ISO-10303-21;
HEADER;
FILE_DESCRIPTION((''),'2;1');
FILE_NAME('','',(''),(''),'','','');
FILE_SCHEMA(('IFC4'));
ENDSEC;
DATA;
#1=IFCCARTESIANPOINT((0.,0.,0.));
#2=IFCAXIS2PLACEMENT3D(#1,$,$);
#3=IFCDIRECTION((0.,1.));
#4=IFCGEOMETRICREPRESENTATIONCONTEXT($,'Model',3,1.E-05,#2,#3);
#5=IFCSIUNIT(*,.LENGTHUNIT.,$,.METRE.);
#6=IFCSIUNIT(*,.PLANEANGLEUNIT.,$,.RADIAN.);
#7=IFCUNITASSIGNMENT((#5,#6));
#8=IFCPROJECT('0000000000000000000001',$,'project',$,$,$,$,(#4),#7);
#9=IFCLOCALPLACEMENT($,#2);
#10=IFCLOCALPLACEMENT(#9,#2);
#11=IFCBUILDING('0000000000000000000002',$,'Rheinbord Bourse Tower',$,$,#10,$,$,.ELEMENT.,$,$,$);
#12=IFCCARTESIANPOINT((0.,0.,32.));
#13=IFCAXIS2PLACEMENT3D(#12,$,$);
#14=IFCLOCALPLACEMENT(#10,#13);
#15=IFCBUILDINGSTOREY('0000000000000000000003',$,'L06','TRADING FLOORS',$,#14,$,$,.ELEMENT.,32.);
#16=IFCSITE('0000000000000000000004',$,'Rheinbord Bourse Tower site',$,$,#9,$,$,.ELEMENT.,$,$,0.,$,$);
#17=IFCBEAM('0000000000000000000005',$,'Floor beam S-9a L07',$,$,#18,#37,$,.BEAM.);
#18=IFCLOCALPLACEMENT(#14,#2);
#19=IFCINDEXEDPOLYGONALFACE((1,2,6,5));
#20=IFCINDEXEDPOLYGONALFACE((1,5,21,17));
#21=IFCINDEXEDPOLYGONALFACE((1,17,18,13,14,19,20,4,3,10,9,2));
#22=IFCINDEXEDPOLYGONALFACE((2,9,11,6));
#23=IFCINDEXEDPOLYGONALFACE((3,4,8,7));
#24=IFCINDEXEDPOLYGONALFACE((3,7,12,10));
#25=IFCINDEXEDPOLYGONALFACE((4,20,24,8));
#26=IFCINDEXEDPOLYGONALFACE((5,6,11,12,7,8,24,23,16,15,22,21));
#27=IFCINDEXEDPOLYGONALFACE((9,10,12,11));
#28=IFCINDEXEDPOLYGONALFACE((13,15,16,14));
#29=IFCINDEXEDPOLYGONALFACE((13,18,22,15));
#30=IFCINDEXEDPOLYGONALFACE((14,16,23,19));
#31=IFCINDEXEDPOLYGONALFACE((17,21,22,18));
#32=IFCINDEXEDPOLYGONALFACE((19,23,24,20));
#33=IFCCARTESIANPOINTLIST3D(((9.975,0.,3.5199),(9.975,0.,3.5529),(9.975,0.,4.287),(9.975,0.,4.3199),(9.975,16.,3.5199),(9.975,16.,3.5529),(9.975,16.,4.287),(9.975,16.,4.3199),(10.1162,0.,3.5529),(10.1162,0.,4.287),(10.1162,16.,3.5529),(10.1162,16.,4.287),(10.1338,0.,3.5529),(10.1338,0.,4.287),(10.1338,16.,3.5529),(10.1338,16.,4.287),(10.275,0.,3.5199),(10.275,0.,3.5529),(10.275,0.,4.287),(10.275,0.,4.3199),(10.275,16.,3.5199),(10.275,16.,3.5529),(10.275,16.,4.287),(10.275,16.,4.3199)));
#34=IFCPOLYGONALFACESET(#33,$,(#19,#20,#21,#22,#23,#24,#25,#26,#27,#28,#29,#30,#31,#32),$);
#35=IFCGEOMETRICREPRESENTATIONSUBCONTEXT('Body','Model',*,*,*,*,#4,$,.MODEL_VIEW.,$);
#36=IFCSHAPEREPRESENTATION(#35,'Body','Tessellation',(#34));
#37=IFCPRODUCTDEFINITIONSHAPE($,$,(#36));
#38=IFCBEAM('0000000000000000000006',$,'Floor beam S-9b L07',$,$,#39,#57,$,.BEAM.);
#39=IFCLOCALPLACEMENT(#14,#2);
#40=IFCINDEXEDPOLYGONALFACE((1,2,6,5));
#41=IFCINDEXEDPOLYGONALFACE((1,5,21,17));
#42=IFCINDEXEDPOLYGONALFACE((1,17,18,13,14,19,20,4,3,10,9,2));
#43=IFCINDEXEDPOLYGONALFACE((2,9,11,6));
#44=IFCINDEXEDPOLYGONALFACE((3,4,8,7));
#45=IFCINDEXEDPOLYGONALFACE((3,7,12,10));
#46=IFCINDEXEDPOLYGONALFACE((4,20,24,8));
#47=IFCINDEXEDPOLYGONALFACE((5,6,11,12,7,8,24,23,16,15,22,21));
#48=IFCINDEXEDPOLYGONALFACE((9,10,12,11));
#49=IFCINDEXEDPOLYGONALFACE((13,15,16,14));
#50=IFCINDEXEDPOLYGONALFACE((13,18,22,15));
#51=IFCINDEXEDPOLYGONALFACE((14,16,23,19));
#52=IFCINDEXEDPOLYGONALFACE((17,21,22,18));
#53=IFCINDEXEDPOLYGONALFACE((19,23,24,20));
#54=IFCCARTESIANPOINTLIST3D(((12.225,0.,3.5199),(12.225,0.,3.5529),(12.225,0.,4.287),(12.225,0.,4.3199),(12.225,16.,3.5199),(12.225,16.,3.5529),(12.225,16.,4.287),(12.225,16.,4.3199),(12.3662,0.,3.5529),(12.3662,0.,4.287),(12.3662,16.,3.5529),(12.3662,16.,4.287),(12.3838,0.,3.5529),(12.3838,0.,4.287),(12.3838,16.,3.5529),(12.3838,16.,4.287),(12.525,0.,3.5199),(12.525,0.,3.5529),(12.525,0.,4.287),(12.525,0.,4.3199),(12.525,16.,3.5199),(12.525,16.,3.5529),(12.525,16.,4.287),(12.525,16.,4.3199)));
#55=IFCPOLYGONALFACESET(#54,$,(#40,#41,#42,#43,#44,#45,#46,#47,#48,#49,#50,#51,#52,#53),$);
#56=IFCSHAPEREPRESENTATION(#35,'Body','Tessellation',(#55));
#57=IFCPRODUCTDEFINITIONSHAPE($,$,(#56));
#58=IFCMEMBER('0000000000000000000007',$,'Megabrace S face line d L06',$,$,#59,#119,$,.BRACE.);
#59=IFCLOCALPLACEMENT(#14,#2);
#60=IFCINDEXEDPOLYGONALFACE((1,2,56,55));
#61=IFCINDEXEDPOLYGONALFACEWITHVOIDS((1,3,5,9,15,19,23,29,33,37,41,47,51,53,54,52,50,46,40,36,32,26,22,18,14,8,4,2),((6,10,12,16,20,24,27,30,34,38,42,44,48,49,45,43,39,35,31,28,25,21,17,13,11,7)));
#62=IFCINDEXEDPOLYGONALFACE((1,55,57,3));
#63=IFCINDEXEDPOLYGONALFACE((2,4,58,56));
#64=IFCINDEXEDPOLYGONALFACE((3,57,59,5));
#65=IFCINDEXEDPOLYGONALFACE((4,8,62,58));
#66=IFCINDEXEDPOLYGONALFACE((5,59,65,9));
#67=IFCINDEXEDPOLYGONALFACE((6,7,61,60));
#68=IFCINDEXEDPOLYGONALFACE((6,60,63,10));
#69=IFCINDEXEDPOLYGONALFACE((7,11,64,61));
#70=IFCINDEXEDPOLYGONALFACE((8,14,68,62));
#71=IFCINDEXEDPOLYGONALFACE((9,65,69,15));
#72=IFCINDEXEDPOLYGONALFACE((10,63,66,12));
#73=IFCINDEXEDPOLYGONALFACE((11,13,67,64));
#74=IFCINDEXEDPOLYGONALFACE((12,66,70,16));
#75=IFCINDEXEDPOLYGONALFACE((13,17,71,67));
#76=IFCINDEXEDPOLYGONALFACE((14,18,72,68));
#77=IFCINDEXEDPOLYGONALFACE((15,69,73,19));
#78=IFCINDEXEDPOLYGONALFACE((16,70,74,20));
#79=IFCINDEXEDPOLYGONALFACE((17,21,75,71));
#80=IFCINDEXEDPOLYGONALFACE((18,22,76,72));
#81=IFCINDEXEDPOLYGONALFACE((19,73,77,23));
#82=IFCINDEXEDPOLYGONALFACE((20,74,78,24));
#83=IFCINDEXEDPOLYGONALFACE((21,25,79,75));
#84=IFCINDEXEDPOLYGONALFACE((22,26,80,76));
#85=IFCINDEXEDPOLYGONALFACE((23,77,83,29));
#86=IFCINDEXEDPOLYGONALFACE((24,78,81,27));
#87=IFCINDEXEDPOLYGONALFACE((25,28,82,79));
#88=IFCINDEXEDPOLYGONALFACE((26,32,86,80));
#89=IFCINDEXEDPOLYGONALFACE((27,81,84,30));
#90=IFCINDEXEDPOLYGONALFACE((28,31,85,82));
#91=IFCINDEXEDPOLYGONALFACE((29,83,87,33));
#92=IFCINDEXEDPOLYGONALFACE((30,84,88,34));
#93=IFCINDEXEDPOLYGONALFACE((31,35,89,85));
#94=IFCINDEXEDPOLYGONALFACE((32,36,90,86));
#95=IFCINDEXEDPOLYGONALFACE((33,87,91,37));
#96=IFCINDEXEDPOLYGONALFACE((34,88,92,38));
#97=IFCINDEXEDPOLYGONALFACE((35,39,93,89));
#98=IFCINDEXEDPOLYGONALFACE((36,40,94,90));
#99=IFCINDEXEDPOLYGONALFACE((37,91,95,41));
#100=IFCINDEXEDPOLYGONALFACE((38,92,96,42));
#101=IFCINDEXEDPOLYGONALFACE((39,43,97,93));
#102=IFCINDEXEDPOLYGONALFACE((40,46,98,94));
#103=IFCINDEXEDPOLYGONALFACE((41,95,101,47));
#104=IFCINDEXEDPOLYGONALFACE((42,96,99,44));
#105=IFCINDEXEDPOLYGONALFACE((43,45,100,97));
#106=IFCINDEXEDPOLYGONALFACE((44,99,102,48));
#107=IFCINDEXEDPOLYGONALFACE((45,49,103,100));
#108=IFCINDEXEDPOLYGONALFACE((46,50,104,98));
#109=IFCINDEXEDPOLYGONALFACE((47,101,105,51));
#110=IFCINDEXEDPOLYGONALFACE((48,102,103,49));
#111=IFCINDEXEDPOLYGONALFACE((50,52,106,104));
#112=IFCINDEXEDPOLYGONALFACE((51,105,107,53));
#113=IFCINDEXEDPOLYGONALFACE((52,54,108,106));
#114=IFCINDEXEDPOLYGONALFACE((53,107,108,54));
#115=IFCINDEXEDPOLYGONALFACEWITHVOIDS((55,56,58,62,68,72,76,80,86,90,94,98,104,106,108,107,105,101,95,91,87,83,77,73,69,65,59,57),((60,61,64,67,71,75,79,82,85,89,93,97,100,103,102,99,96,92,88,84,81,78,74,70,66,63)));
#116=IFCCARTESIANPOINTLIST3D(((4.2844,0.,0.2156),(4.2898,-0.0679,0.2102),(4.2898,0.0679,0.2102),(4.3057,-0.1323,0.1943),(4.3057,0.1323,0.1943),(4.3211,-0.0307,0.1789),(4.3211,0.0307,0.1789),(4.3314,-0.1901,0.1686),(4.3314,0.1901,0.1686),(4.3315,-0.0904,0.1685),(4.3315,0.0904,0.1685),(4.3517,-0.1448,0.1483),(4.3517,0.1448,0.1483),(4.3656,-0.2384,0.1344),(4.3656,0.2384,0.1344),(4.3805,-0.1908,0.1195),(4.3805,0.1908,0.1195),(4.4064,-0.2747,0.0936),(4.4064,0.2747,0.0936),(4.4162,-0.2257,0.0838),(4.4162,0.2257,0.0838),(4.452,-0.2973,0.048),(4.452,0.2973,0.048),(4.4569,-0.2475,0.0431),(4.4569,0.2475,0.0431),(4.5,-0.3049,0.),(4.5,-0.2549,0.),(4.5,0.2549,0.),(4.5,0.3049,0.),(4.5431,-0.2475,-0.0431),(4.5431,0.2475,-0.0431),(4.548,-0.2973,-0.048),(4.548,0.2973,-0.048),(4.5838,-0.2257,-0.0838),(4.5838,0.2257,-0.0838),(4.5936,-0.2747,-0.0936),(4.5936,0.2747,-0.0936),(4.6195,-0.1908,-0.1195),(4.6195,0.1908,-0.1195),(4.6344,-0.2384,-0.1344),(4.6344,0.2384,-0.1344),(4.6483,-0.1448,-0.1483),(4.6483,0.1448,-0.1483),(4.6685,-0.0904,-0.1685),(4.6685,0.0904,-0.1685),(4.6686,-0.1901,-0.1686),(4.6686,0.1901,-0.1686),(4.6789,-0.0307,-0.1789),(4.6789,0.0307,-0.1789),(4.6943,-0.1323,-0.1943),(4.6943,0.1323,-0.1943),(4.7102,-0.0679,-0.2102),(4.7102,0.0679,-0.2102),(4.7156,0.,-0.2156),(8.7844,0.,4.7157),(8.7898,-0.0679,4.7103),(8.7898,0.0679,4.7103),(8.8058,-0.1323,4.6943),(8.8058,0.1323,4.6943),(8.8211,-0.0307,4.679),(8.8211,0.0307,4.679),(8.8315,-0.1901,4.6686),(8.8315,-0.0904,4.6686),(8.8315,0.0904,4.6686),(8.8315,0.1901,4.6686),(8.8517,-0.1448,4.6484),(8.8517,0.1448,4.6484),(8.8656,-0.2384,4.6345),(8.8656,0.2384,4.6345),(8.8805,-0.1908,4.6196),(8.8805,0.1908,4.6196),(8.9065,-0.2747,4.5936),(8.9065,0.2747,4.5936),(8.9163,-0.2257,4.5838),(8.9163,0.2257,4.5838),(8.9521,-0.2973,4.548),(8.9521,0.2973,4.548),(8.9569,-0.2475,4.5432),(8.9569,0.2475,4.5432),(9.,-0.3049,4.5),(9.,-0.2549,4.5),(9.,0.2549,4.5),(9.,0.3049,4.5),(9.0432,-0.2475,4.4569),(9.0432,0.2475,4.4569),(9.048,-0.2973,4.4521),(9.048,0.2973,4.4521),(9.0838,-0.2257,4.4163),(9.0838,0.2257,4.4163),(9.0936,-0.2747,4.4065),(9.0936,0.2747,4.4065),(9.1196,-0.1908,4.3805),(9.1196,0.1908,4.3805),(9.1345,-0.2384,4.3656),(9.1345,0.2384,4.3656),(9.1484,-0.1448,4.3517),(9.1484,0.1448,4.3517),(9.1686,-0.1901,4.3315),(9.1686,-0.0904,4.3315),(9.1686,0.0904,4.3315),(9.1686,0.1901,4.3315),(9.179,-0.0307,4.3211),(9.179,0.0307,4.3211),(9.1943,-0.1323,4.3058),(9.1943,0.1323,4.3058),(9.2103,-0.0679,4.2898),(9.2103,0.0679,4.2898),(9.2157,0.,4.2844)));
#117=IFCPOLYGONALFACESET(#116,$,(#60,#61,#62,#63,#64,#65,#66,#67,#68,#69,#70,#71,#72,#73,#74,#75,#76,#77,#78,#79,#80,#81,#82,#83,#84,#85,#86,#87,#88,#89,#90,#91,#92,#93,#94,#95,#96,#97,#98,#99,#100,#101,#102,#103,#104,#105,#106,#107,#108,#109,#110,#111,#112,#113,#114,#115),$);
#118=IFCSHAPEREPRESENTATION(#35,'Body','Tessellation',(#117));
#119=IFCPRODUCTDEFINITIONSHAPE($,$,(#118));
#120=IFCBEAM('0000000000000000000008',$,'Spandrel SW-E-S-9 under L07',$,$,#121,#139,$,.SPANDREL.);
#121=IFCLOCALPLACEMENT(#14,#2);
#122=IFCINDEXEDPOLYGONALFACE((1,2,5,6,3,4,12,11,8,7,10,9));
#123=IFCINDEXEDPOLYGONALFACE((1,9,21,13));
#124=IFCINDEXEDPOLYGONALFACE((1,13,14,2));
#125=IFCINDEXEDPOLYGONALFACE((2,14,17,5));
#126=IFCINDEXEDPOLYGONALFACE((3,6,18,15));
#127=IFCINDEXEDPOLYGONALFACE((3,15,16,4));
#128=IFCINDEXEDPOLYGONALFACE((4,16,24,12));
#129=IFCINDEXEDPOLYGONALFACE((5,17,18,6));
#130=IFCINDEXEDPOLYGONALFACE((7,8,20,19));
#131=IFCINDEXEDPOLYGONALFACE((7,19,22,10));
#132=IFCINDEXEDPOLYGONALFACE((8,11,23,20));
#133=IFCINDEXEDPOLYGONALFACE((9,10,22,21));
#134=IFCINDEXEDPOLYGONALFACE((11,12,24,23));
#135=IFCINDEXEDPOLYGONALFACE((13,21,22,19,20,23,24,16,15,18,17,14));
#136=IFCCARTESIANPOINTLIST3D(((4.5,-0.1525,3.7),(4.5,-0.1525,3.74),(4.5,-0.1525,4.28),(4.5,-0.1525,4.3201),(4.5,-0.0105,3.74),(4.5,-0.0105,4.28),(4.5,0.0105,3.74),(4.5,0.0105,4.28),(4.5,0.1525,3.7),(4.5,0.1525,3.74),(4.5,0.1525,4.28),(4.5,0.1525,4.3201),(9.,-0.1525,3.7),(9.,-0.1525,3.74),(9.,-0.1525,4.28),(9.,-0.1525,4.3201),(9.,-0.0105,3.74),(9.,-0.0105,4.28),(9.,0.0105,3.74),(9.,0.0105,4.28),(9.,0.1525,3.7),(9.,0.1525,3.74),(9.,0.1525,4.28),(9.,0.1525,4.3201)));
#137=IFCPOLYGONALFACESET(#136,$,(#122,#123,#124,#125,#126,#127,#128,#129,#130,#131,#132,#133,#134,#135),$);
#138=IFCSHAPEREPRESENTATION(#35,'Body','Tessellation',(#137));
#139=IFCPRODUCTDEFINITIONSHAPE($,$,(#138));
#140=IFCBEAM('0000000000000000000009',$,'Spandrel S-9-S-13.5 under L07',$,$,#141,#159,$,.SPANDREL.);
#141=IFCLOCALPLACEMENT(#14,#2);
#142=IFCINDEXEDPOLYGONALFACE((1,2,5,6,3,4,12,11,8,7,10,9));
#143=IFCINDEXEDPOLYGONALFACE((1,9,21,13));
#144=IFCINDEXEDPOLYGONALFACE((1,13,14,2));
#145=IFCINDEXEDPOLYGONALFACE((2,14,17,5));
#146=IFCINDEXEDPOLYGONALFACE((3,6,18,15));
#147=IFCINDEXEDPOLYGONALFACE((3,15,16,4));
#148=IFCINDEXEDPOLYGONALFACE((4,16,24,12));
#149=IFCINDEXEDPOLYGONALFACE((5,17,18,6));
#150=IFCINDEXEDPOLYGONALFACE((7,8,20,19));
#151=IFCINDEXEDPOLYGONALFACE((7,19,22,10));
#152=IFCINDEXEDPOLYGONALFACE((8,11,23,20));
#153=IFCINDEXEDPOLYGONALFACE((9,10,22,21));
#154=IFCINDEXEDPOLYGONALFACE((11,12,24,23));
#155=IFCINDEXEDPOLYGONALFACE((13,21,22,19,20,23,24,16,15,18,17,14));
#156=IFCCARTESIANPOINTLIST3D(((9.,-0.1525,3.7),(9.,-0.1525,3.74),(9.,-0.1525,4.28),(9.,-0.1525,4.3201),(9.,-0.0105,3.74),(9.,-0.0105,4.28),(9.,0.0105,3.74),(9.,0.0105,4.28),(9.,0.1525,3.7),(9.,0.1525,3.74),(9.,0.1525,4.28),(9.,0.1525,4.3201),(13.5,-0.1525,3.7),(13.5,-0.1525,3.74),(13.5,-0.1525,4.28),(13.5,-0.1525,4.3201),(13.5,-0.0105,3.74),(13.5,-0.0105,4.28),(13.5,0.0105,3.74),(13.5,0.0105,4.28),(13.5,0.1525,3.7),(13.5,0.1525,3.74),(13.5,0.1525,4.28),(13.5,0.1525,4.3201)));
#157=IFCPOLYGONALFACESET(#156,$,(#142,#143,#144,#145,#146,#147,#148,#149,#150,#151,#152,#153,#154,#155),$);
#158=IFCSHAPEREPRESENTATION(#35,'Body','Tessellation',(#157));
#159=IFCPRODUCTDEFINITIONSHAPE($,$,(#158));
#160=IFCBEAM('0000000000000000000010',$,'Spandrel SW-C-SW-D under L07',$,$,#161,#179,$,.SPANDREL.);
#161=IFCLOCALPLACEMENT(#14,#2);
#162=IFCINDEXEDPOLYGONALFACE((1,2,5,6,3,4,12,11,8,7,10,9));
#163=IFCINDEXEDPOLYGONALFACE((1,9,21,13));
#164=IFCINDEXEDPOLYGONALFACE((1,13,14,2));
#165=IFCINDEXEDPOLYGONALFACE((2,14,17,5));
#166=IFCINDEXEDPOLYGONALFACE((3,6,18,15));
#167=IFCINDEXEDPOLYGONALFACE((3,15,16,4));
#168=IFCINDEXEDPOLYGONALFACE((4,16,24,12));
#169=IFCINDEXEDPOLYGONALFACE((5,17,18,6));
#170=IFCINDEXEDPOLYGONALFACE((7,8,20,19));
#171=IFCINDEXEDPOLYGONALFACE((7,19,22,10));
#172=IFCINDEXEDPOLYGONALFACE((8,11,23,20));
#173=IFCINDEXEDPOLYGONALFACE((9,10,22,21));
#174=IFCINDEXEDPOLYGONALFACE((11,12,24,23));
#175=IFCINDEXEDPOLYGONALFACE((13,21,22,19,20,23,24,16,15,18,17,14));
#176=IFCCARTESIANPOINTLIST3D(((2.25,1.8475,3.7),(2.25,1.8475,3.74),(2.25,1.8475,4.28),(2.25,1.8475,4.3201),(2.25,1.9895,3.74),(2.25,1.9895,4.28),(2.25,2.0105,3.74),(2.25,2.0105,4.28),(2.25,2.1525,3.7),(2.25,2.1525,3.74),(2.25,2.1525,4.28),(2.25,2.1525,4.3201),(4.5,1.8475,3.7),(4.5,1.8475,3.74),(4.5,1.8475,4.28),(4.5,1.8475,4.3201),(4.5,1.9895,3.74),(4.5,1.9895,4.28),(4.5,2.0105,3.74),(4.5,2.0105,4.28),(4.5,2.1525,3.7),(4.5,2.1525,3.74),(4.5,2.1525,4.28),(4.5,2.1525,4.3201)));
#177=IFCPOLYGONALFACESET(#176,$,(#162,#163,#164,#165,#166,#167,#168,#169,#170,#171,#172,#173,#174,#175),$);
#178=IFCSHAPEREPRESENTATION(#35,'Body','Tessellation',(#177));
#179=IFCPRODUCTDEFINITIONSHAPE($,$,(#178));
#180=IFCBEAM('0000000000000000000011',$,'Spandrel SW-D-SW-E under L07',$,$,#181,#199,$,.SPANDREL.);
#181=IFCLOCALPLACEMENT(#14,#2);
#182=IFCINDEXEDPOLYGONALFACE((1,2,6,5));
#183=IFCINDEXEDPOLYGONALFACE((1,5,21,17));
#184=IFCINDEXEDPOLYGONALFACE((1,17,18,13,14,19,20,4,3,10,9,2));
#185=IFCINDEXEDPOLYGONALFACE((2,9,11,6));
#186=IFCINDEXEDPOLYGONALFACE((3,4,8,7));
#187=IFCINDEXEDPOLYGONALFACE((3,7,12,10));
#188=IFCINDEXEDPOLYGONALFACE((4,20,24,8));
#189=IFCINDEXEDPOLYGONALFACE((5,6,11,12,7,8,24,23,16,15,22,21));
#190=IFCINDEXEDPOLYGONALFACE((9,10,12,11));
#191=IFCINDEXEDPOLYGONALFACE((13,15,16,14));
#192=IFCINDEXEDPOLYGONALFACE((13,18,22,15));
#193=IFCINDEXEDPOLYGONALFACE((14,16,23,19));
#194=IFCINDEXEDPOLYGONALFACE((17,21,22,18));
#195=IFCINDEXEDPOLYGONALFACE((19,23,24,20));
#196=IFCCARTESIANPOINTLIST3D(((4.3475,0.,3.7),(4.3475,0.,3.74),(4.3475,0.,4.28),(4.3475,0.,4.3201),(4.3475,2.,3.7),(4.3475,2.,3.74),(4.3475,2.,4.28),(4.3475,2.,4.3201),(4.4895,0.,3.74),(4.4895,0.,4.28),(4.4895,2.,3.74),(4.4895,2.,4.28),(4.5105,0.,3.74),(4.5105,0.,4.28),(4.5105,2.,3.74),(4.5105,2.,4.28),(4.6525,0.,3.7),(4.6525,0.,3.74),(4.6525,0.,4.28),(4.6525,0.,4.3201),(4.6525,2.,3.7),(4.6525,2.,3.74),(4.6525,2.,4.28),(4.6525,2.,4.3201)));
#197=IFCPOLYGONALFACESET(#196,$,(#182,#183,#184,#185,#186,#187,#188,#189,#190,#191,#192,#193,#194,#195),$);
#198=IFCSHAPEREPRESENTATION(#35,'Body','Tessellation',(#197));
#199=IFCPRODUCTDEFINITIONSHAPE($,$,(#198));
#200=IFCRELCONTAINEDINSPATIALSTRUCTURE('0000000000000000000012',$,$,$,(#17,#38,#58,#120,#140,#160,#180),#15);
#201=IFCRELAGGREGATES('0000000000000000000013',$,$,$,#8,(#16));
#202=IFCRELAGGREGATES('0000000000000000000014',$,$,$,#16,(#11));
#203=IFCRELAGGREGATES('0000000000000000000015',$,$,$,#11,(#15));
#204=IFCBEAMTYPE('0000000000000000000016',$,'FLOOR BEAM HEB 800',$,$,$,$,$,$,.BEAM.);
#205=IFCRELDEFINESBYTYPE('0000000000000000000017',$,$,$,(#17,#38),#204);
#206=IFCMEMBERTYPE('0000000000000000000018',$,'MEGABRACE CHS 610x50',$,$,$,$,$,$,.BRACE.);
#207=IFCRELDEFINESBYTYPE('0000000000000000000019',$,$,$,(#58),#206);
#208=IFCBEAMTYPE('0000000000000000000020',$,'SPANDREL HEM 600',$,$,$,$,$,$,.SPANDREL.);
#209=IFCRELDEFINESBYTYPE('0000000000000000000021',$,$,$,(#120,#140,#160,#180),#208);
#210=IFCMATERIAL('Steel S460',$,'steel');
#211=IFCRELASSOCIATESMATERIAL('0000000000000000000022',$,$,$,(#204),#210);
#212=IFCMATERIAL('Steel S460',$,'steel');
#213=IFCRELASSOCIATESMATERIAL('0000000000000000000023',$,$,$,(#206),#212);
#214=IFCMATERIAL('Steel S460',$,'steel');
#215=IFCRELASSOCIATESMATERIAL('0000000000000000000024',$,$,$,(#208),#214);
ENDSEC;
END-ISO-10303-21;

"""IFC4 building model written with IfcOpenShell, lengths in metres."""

from ifc_helpers import new_model, si_unit, direction, frame, origin, origin_2d, place, context, subcontext, project, spatial, hollow_circle, i_section, extrude, material, material_profile, profile_set, type_object, element, save


model = new_model("IFC4")

# Units and contexts
model_context = context("Model", 3, precision=1e-05, world=origin(), true_north=direction((0.0, 1.0)))
body_context = subcontext(model_context, "Body", "Model", "MODEL_VIEW")
ifc_project = project(units=[si_unit("LENGTHUNIT", "METRE"), si_unit("PLANEANGLEUNIT", "RADIAN")], contexts=[model_context])

# Site, building, storey
site_placement = place(None, origin())
site = spatial("IfcSite", under=ifc_project, at=site_placement, Name="Rheinbord Bourse Tower site", CompositionType="ELEMENT", RefElevation=0.0)
building_placement = place(site_placement, origin())
building = spatial("IfcBuilding", under=site, at=building_placement, Name="Rheinbord Bourse Tower", CompositionType="ELEMENT")
storey_placement = place(building_placement, frame((0.0, 0.0, 32.0)))
storey = spatial("IfcBuildingStorey", under=building, at=storey_placement, Name="L06", Description="TRADING FLOORS", CompositionType="ELEMENT", Elevation=32.0)

# Beams
ifc_material_1 = material(Name="Steel S460", Category="steel")
ifc_material_profile_1 = material_profile(ifc_material_1, i_section(OverallWidth=0.3, OverallDepth=0.8, WebThickness=0.0176, FlangeThickness=0.033, at=origin_2d()), Name="HEB 800")
ifc_profile_set_1 = profile_set([ifc_material_profile_1], Name="Steel S460")
beam_type_1 = type_object("IfcBeamType", Name="FLOOR BEAM HEB 800", PredefinedType="BEAM", material=ifc_profile_set_1)
for number, where, z_axis, x_axis, name in (
    (1, (10.125, 0.0, 3.9199), (0.0, 1.0, 0.0), (-1.0, 0.0, 0.0), "Floor beam S-9a L07"),
    (2, (12.375, 0.0, 3.9199), (0.0, 1.0, 0.0), (-1.0, 0.0, 0.0), "Floor beam S-9b L07"),
):
    element("IfcBeam", number, at=place(storey_placement, frame(where, z_axis=z_axis, x_axis=x_axis)), inside=storey, type_object=beam_type_1, Name=name, PredefinedType="BEAM", context=body_context, shape_type="SweptSolid", body=[
        extrude(i_section(OverallWidth=0.3, OverallDepth=0.8, WebThickness=0.0176, FlangeThickness=0.033, at=origin_2d()), origin(), (0.0, 0.0, 1.0), 16.0),
    ])

# Member
ifc_material_2 = material(Name="Steel S460", Category="steel")
ifc_material_profile_2 = material_profile(ifc_material_2, hollow_circle(Radius=0.3049, WallThickness=0.05, at=origin_2d()), Name="CHS 610x50")
ifc_profile_set_2 = profile_set([ifc_material_profile_2], Name="Steel S460")
member_type_1 = type_object("IfcMemberType", Name="MEGABRACE CHS 610x50", PredefinedType="BRACE", material=ifc_profile_set_2)
member_1_placement = place(storey_placement, frame((4.5, 0.0, 0.0), z_axis=(0.707107, 0.0, 0.707107), x_axis=(0.0, 1.0, 0.0)))
element("IfcMember", 3, at=member_1_placement, inside=storey, type_object=member_type_1, Name="Megabrace S face line d L06", PredefinedType="BRACE", context=body_context, shape_type="SweptSolid", body=[
    extrude(hollow_circle(Radius=0.3049, WallThickness=0.05, at=origin_2d()), origin(), (0.0, 0.0, 1.0), 6.364),
])

# Beams
ifc_material_3 = material(Name="Steel S460", Category="steel")
ifc_material_profile_3 = material_profile(ifc_material_3, i_section(OverallWidth=0.3049, OverallDepth=0.6201, WebThickness=0.021, FlangeThickness=0.04, at=origin_2d()), Name="HEM 600")
ifc_profile_set_3 = profile_set([ifc_material_profile_3], Name="Steel S460")
beam_type_2 = type_object("IfcBeamType", Name="SPANDREL HEM 600", PredefinedType="SPANDREL", material=ifc_profile_set_3)
for number, where, z_axis, x_axis, name in (
    (4, (4.5, 0.0, 4.01), (1.0, 0.0, 0.0), (0.0, 1.0, 0.0), "Spandrel SW-E-S-9 under L07"),
    (5, (9.0, 0.0, 4.01), (1.0, 0.0, 0.0), (0.0, 1.0, 0.0), "Spandrel S-9-S-13.5 under L07"),
):
    element("IfcBeam", number, at=place(storey_placement, frame(where, z_axis=z_axis, x_axis=x_axis)), inside=storey, type_object=beam_type_2, Name=name, PredefinedType="SPANDREL", context=body_context, shape_type="SweptSolid", body=[
        extrude(i_section(OverallWidth=0.3049, OverallDepth=0.6201, WebThickness=0.021, FlangeThickness=0.04, at=origin_2d()), origin(), (0.0, 0.0, 1.0), 4.5),
    ])
beam_1_placement = place(storey_placement, frame((2.25, 2.0, 4.01), z_axis=(1.0, 0.0, 0.0), x_axis=(0.0, 1.0, 0.0)))
element("IfcBeam", 6, at=beam_1_placement, inside=storey, type_object=beam_type_2, Name="Spandrel SW-C-SW-D under L07", PredefinedType="SPANDREL", context=body_context, shape_type="SweptSolid", body=[
    extrude(i_section(OverallWidth=0.3049, OverallDepth=0.6201, WebThickness=0.021, FlangeThickness=0.04, at=origin_2d()), origin(), (0.0, 0.0, 1.0), 2.25),
])
beam_2_placement = place(storey_placement, frame((4.5, 2.0, 4.01), z_axis=(0.0, -1.0, 0.0), x_axis=(1.0, 0.0, 0.0)))
element("IfcBeam", 7, at=beam_2_placement, inside=storey, type_object=beam_type_2, Name="Spandrel SW-D-SW-E under L07", PredefinedType="SPANDREL", context=body_context, shape_type="SweptSolid", body=[
    extrude(i_section(OverallWidth=0.3049, OverallDepth=0.6201, WebThickness=0.021, FlangeThickness=0.04, at=origin_2d()), origin(), (0.0, 0.0, 1.0), 2.0),
])

save(model, "model.ifc")
